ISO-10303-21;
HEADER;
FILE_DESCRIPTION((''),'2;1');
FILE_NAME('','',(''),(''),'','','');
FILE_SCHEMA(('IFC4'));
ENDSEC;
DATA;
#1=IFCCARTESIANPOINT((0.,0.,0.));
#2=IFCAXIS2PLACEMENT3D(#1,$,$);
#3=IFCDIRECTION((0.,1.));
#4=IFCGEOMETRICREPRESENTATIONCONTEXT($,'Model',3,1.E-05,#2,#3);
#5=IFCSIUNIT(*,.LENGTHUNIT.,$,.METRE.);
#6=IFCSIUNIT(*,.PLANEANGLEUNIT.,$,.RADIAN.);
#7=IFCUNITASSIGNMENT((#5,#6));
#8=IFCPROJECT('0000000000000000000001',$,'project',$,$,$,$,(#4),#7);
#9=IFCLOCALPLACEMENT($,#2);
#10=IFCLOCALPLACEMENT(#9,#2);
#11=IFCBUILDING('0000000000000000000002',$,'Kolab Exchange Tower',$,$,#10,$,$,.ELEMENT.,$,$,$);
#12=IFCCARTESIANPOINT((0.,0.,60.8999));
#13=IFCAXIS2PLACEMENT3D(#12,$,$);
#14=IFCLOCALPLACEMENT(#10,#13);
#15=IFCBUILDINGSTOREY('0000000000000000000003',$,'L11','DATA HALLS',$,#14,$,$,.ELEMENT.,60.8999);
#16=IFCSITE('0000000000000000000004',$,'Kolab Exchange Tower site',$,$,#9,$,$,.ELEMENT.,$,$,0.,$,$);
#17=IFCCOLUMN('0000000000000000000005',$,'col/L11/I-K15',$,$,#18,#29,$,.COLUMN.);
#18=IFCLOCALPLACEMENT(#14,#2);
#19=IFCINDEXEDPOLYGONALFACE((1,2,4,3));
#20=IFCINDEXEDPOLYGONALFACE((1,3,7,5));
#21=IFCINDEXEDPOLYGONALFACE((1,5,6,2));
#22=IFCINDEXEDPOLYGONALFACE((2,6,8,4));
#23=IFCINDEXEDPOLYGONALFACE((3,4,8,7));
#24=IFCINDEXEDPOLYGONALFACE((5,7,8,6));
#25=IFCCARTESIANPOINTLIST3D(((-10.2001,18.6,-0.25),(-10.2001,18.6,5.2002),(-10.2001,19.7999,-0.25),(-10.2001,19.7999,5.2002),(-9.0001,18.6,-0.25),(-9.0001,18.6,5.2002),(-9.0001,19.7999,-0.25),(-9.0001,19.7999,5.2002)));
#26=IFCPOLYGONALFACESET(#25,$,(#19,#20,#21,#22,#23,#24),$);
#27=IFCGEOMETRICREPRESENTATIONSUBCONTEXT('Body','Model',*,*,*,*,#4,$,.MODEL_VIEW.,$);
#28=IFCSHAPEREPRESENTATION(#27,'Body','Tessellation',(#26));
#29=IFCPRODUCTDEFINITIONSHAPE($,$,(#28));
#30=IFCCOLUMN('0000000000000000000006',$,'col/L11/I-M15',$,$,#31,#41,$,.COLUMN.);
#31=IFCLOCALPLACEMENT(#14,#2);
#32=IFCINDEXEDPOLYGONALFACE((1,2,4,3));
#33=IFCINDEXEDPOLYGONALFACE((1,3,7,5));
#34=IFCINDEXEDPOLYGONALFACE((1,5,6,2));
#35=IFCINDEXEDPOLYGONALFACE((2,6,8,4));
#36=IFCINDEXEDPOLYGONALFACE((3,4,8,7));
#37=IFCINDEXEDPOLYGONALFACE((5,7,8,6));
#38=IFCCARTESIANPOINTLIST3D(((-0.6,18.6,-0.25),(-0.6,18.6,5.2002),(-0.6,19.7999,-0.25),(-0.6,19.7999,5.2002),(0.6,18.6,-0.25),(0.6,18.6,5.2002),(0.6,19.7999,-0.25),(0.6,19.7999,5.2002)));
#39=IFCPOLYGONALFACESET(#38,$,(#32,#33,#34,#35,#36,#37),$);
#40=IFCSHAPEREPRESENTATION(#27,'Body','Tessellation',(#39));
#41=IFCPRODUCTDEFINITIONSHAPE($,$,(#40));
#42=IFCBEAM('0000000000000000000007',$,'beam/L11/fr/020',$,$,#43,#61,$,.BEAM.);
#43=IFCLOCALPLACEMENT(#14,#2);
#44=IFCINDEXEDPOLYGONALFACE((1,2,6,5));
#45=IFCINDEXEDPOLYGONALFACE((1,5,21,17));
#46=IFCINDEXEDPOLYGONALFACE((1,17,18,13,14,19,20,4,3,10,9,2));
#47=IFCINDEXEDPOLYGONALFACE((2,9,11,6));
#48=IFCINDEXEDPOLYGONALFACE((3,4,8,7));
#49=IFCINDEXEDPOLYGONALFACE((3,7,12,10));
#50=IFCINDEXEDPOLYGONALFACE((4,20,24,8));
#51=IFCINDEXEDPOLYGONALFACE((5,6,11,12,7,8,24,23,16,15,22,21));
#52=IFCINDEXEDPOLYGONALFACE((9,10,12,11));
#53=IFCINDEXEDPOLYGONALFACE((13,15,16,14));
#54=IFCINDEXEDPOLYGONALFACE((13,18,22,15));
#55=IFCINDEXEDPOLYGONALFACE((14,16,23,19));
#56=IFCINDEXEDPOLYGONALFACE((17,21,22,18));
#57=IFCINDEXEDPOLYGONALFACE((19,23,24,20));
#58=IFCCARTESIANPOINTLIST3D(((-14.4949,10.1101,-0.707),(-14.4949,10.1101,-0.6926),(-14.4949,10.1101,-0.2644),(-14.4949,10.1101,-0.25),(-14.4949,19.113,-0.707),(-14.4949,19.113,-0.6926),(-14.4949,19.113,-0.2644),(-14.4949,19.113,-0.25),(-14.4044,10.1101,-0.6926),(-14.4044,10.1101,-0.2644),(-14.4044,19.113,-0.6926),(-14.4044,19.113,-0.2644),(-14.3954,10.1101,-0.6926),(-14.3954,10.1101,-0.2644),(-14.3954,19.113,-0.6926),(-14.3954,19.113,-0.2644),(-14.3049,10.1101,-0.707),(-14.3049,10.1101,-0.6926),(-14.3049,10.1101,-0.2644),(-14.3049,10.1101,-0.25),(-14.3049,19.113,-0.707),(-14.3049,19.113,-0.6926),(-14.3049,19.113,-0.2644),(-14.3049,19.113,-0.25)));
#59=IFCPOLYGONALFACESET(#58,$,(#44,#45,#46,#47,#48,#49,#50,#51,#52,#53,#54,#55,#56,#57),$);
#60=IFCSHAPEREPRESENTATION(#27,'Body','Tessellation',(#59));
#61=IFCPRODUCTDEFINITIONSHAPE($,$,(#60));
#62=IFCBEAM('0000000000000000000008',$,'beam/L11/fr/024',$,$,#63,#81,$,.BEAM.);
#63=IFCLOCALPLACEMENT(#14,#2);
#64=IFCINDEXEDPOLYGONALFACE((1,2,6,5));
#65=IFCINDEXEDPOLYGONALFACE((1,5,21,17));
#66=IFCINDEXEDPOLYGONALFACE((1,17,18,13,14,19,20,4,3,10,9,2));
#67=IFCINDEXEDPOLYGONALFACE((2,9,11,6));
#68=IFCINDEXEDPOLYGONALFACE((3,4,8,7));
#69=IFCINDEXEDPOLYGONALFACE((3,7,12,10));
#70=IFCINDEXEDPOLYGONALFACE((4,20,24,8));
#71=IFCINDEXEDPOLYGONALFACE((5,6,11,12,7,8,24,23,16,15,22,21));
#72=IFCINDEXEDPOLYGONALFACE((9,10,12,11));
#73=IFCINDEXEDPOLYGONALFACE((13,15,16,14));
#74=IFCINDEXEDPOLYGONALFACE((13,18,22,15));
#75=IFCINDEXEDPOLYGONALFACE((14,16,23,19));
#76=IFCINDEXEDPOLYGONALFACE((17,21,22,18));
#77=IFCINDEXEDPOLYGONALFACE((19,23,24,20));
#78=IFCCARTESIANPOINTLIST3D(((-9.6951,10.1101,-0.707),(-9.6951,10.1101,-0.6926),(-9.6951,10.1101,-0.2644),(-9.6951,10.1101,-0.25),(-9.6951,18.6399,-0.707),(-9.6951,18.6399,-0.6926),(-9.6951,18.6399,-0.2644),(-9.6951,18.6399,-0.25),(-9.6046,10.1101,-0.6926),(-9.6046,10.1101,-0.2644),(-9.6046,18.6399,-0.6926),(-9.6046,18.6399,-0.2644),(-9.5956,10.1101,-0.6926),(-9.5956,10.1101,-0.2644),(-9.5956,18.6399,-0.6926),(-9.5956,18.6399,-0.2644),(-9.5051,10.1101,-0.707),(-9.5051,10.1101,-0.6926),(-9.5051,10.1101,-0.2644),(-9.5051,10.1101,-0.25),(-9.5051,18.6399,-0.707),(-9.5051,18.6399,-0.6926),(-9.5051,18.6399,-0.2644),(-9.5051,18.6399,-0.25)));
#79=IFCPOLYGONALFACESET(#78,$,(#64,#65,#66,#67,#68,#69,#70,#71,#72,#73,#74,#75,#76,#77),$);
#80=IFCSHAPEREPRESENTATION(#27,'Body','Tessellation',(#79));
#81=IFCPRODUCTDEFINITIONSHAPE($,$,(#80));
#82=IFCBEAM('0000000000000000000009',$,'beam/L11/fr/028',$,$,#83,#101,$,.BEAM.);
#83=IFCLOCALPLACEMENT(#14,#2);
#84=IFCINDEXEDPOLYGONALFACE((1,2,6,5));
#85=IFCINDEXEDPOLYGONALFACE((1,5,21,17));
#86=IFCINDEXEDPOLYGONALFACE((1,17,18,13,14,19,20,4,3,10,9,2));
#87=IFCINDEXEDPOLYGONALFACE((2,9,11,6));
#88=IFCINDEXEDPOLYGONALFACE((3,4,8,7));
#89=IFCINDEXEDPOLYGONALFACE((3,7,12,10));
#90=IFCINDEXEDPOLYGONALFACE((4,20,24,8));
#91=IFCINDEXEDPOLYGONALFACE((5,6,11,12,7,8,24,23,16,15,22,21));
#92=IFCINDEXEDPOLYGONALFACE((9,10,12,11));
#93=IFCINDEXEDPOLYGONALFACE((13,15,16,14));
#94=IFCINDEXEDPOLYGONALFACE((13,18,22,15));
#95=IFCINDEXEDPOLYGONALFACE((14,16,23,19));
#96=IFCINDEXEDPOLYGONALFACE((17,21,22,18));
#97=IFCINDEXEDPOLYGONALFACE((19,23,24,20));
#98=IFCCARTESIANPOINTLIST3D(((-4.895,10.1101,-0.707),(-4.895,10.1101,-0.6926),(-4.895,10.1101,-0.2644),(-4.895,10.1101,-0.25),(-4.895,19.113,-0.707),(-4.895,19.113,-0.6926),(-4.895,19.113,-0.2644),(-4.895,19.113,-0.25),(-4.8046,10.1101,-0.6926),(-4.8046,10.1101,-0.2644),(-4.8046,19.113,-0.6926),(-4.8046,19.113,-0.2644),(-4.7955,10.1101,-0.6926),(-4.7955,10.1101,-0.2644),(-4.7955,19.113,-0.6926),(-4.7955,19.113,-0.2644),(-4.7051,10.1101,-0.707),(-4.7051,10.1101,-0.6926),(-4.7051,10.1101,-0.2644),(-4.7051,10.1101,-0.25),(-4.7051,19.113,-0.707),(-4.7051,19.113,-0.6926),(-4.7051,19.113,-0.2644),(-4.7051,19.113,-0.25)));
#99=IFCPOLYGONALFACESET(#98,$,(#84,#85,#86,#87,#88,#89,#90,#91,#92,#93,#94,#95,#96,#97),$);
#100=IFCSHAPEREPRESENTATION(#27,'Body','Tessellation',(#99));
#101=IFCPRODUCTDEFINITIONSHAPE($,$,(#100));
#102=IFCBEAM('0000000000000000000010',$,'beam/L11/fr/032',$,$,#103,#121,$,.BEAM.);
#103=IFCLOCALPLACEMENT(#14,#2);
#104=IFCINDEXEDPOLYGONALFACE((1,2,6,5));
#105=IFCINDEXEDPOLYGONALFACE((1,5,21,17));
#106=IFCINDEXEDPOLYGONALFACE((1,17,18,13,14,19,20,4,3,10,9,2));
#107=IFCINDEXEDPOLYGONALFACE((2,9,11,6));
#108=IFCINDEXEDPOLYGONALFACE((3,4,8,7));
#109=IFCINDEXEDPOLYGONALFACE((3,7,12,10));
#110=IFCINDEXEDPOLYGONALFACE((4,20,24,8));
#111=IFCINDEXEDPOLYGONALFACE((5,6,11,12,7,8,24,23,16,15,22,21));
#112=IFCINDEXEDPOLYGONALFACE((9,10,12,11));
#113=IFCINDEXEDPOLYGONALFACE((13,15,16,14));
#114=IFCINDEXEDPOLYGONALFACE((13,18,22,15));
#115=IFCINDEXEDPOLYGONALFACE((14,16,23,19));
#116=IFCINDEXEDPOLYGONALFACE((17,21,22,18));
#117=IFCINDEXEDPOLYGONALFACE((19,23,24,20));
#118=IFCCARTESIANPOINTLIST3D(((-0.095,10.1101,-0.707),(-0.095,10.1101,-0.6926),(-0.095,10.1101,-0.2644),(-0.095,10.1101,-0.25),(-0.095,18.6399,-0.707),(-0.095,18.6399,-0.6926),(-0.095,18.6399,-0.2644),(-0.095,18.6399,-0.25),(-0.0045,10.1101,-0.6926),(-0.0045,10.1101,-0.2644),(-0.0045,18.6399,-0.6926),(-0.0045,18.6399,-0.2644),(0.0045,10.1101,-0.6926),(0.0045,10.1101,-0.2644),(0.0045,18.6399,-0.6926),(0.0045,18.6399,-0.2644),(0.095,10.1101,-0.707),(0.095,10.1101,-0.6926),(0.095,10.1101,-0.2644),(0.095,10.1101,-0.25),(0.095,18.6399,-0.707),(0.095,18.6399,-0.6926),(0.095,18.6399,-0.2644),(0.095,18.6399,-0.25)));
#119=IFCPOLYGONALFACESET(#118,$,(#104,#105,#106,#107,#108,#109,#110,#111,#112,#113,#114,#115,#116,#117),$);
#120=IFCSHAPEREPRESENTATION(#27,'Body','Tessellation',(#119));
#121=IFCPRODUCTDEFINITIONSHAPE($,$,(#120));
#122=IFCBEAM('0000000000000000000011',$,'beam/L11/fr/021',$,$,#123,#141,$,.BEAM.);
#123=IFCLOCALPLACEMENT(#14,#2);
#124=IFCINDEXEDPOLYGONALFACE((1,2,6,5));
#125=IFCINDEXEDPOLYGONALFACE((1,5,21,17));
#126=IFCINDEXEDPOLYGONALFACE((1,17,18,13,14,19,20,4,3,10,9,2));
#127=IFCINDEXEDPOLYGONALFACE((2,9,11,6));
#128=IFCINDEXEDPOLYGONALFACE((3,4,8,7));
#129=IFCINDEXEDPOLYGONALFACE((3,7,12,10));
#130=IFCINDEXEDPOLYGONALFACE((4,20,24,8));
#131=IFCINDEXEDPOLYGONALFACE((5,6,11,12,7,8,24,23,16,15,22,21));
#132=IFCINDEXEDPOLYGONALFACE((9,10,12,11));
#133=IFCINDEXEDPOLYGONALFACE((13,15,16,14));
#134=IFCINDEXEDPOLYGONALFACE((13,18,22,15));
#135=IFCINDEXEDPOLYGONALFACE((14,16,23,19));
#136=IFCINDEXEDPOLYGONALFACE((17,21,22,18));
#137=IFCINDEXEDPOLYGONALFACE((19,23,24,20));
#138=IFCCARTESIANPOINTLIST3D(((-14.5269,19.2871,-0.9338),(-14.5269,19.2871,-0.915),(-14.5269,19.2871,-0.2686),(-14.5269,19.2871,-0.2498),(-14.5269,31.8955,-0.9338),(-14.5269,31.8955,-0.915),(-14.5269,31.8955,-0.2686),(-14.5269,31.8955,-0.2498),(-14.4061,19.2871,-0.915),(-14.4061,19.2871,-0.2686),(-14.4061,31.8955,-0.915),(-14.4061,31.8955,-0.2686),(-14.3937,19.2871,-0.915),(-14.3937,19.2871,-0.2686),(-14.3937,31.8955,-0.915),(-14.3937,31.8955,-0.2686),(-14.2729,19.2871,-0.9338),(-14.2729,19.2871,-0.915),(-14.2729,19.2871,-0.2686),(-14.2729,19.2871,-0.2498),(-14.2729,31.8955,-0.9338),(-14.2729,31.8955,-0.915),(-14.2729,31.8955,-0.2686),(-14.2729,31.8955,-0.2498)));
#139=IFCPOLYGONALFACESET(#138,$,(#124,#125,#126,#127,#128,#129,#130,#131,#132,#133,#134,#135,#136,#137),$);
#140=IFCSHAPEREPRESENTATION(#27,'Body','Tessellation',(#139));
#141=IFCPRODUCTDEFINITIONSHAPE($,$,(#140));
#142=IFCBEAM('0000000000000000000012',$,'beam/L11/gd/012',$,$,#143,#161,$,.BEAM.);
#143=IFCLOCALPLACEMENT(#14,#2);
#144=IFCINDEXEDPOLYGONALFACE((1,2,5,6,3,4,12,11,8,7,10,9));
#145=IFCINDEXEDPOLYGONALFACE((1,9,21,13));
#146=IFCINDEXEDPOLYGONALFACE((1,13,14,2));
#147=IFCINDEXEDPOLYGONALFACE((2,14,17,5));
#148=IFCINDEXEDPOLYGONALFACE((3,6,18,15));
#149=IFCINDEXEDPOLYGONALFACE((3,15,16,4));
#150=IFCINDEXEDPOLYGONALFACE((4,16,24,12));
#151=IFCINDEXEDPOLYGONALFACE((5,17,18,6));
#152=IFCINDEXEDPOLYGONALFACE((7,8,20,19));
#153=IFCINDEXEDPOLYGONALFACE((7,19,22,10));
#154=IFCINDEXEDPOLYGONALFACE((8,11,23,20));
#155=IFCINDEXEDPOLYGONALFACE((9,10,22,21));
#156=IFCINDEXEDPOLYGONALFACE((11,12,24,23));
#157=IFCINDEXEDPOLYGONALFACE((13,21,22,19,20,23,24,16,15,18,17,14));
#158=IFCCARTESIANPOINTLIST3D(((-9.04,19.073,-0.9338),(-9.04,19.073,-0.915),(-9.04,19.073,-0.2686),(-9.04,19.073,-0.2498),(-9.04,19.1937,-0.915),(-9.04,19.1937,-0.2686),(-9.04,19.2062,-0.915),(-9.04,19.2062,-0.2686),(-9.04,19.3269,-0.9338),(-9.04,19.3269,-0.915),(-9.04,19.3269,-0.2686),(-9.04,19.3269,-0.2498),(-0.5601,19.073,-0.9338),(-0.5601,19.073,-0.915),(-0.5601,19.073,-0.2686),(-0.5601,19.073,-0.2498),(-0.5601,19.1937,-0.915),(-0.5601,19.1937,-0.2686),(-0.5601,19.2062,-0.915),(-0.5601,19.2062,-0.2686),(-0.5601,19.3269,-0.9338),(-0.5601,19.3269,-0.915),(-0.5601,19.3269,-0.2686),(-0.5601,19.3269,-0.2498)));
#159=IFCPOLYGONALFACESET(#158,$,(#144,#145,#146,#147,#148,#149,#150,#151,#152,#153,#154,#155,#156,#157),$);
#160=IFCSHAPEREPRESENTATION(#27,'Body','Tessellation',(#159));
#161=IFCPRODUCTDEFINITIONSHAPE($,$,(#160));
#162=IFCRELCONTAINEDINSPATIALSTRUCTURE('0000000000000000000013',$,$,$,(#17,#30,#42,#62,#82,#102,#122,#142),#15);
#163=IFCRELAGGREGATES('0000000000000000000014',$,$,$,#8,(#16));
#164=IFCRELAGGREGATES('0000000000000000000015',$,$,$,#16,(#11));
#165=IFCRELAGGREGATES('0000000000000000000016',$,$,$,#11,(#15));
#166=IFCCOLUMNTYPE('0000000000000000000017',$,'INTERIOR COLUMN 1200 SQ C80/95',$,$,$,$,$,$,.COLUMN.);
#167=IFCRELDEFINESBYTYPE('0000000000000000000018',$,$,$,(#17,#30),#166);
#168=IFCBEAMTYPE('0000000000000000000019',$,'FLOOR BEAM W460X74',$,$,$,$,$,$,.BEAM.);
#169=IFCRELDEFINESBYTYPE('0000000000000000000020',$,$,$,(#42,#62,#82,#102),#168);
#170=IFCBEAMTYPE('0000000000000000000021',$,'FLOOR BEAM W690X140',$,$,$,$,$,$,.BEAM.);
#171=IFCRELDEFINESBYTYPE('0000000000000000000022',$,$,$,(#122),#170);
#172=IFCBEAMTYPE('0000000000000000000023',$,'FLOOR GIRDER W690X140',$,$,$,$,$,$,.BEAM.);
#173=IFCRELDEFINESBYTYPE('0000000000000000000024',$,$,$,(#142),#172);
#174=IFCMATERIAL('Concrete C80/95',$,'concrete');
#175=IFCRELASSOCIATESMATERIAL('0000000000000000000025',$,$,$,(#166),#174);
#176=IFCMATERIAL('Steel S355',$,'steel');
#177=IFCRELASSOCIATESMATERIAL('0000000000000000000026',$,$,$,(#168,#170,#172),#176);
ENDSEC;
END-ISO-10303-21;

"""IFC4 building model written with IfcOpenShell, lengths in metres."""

from ifc_helpers import new_model, si_unit, direction, frame, origin, origin_2d, place, context, subcontext, project, spatial, rectangle, i_section, extrude, material, material_profile, profile_set, type_object, element, save


model = new_model("IFC4")

# Units and contexts
model_context = context("Model", 3, precision=1e-05, world=origin(), true_north=direction((0.0, 1.0)))
body_context = subcontext(model_context, "Body", "Model", "MODEL_VIEW")
ifc_project = project(units=[si_unit("LENGTHUNIT", "METRE"), si_unit("PLANEANGLEUNIT", "RADIAN")], contexts=[model_context])

# Site, building, storey
site_placement = place(None, origin())
site = spatial("IfcSite", under=ifc_project, at=site_placement, Name="Kolab Exchange Tower site", CompositionType="ELEMENT", RefElevation=0.0)
building_placement = place(site_placement, origin())
building = spatial("IfcBuilding", under=site, at=building_placement, Name="Kolab Exchange Tower", CompositionType="ELEMENT")
storey_placement = place(building_placement, frame((0.0, 0.0, 60.8999)))
storey = spatial("IfcBuildingStorey", under=building, at=storey_placement, Name="L11", Description="DATA HALLS", CompositionType="ELEMENT", Elevation=60.8999)

# Columns
ifc_material_1 = material(Name="Concrete C80/95", Category="concrete")
ifc_material_profile_1 = material_profile(ifc_material_1, rectangle(XDim=1.2, YDim=1.2, at=origin_2d()), Name="RC1200")
ifc_profile_set_1 = profile_set([ifc_material_profile_1], Name="Concrete C80/95")
column_type = type_object("IfcColumnType", Name="INTERIOR COLUMN 1200 SQ C80/95", PredefinedType="COLUMN", material=ifc_profile_set_1)
for number, where, z_axis, x_axis, name in (
    (1, (-9.6001, 19.2, -0.25), (0.0, 0.0, 1.0), (1.0, 0.0, 0.0), "col/L11/I-K15"),
    (2, (0.0, 19.2, -0.25), (0.0, 0.0, 1.0), (1.0, 0.0, 0.0), "col/L11/I-M15"),
):
    element("IfcColumn", number, at=place(storey_placement, frame(where, z_axis=z_axis, x_axis=x_axis)), inside=storey, type_object=column_type, Name=name, PredefinedType="COLUMN", context=body_context, shape_type="SweptSolid", body=[
        extrude(rectangle(XDim=1.2, YDim=1.2, at=origin_2d()), origin(), (0.0, 0.0, 1.0), 5.4502),
    ])

# Beams
ifc_material_2 = material(Name="Steel S355", Category="steel")
ifc_material_profile_2 = material_profile(ifc_material_2, i_section(OverallWidth=0.1899, OverallDepth=0.457, WebThickness=0.009, FlangeThickness=0.0144, at=origin_2d()), Name="W460X74")
ifc_profile_set_2 = profile_set([ifc_material_profile_2], Name="Steel S355")
beam_type_1 = type_object("IfcBeamType", Name="FLOOR BEAM W460X74", PredefinedType="BEAM", material=ifc_profile_set_2)
beam_1_placement = place(storey_placement, frame((-14.3999, 10.1101, -0.4785), z_axis=(0.0, 1.0, 0.0), x_axis=(-1.0, 0.0, 0.0)))
element("IfcBeam", 3, at=beam_1_placement, inside=storey, type_object=beam_type_1, Name="beam/L11/fr/020", PredefinedType="BEAM", context=body_context, shape_type="SweptSolid", body=[
    extrude(i_section(OverallWidth=0.1899, OverallDepth=0.457, WebThickness=0.009, FlangeThickness=0.0144, at=origin_2d()), origin(), (0.0, 0.0, 1.0), 9.0029),
])
beam_2_placement = place(storey_placement, frame((-9.6001, 10.1101, -0.4785), z_axis=(0.0, 1.0, 0.0), x_axis=(-1.0, 0.0, 0.0)))
element("IfcBeam", 4, at=beam_2_placement, inside=storey, type_object=beam_type_1, Name="beam/L11/fr/024", PredefinedType="BEAM", context=body_context, shape_type="SweptSolid", body=[
    extrude(i_section(OverallWidth=0.1899, OverallDepth=0.457, WebThickness=0.009, FlangeThickness=0.0144, at=origin_2d()), origin(), (0.0, 0.0, 1.0), 8.5298),
])
beam_3_placement = place(storey_placement, frame((-4.8, 10.1101, -0.4785), z_axis=(0.0, 1.0, 0.0), x_axis=(-1.0, 0.0, 0.0)))
element("IfcBeam", 5, at=beam_3_placement, inside=storey, type_object=beam_type_1, Name="beam/L11/fr/028", PredefinedType="BEAM", context=body_context, shape_type="SweptSolid", body=[
    extrude(i_section(OverallWidth=0.1899, OverallDepth=0.457, WebThickness=0.009, FlangeThickness=0.0144, at=origin_2d()), origin(), (0.0, 0.0, 1.0), 9.0029),
])
beam_4_placement = place(storey_placement, frame((0.0, 10.1101, -0.4785), z_axis=(0.0, 1.0, 0.0), x_axis=(-1.0, 0.0, 0.0)))
element("IfcBeam", 6, at=beam_4_placement, inside=storey, type_object=beam_type_1, Name="beam/L11/fr/032", PredefinedType="BEAM", context=body_context, shape_type="SweptSolid", body=[
    extrude(i_section(OverallWidth=0.1899, OverallDepth=0.457, WebThickness=0.009, FlangeThickness=0.0144, at=origin_2d()), origin(), (0.0, 0.0, 1.0), 8.5298),
])
ifc_material_profile_3 = material_profile(ifc_material_2, i_section(OverallWidth=0.2539, OverallDepth=0.6841, WebThickness=0.0125, FlangeThickness=0.0188, at=origin_2d()), Name="W690X140")
ifc_profile_set_3 = profile_set([ifc_material_profile_3], Name="Steel S355")
beam_type_2 = type_object("IfcBeamType", Name="FLOOR BEAM W690X140", PredefinedType="BEAM", material=ifc_profile_set_3)
beam_5_placement = place(storey_placement, frame((-14.3999, 19.2871, -0.5918), z_axis=(0.0, 1.0, 0.0), x_axis=(-1.0, 0.0, 0.0)))
element("IfcBeam", 7, at=beam_5_placement, inside=storey, type_object=beam_type_2, Name="beam/L11/fr/021", PredefinedType="BEAM", context=body_context, shape_type="SweptSolid", body=[
    extrude(i_section(OverallWidth=0.2539, OverallDepth=0.6841, WebThickness=0.0125, FlangeThickness=0.0188, at=origin_2d()), origin(), (0.0, 0.0, 1.0), 12.6084),
])
ifc_material_profile_4 = material_profile(ifc_material_2, i_section(OverallWidth=0.2539, OverallDepth=0.6841, WebThickness=0.0125, FlangeThickness=0.0188, at=origin_2d()), Name="W690X140")
ifc_profile_set_4 = profile_set([ifc_material_profile_4], Name="Steel S355")
beam_type_3 = type_object("IfcBeamType", Name="FLOOR GIRDER W690X140", PredefinedType="BEAM", material=ifc_profile_set_4)
beam_6_placement = place(storey_placement, frame((-9.04, 19.2, -0.5918), z_axis=(1.0, 0.0, 0.0), x_axis=(0.0, 1.0, 0.0)))
element("IfcBeam", 8, at=beam_6_placement, inside=storey, type_object=beam_type_3, Name="beam/L11/gd/012", PredefinedType="BEAM", context=body_context, shape_type="SweptSolid", body=[
    extrude(i_section(OverallWidth=0.2539, OverallDepth=0.6841, WebThickness=0.0125, FlangeThickness=0.0188, at=origin_2d()), origin(), (0.0, 0.0, 1.0), 8.48),
])

save(model, "model.ifc")
